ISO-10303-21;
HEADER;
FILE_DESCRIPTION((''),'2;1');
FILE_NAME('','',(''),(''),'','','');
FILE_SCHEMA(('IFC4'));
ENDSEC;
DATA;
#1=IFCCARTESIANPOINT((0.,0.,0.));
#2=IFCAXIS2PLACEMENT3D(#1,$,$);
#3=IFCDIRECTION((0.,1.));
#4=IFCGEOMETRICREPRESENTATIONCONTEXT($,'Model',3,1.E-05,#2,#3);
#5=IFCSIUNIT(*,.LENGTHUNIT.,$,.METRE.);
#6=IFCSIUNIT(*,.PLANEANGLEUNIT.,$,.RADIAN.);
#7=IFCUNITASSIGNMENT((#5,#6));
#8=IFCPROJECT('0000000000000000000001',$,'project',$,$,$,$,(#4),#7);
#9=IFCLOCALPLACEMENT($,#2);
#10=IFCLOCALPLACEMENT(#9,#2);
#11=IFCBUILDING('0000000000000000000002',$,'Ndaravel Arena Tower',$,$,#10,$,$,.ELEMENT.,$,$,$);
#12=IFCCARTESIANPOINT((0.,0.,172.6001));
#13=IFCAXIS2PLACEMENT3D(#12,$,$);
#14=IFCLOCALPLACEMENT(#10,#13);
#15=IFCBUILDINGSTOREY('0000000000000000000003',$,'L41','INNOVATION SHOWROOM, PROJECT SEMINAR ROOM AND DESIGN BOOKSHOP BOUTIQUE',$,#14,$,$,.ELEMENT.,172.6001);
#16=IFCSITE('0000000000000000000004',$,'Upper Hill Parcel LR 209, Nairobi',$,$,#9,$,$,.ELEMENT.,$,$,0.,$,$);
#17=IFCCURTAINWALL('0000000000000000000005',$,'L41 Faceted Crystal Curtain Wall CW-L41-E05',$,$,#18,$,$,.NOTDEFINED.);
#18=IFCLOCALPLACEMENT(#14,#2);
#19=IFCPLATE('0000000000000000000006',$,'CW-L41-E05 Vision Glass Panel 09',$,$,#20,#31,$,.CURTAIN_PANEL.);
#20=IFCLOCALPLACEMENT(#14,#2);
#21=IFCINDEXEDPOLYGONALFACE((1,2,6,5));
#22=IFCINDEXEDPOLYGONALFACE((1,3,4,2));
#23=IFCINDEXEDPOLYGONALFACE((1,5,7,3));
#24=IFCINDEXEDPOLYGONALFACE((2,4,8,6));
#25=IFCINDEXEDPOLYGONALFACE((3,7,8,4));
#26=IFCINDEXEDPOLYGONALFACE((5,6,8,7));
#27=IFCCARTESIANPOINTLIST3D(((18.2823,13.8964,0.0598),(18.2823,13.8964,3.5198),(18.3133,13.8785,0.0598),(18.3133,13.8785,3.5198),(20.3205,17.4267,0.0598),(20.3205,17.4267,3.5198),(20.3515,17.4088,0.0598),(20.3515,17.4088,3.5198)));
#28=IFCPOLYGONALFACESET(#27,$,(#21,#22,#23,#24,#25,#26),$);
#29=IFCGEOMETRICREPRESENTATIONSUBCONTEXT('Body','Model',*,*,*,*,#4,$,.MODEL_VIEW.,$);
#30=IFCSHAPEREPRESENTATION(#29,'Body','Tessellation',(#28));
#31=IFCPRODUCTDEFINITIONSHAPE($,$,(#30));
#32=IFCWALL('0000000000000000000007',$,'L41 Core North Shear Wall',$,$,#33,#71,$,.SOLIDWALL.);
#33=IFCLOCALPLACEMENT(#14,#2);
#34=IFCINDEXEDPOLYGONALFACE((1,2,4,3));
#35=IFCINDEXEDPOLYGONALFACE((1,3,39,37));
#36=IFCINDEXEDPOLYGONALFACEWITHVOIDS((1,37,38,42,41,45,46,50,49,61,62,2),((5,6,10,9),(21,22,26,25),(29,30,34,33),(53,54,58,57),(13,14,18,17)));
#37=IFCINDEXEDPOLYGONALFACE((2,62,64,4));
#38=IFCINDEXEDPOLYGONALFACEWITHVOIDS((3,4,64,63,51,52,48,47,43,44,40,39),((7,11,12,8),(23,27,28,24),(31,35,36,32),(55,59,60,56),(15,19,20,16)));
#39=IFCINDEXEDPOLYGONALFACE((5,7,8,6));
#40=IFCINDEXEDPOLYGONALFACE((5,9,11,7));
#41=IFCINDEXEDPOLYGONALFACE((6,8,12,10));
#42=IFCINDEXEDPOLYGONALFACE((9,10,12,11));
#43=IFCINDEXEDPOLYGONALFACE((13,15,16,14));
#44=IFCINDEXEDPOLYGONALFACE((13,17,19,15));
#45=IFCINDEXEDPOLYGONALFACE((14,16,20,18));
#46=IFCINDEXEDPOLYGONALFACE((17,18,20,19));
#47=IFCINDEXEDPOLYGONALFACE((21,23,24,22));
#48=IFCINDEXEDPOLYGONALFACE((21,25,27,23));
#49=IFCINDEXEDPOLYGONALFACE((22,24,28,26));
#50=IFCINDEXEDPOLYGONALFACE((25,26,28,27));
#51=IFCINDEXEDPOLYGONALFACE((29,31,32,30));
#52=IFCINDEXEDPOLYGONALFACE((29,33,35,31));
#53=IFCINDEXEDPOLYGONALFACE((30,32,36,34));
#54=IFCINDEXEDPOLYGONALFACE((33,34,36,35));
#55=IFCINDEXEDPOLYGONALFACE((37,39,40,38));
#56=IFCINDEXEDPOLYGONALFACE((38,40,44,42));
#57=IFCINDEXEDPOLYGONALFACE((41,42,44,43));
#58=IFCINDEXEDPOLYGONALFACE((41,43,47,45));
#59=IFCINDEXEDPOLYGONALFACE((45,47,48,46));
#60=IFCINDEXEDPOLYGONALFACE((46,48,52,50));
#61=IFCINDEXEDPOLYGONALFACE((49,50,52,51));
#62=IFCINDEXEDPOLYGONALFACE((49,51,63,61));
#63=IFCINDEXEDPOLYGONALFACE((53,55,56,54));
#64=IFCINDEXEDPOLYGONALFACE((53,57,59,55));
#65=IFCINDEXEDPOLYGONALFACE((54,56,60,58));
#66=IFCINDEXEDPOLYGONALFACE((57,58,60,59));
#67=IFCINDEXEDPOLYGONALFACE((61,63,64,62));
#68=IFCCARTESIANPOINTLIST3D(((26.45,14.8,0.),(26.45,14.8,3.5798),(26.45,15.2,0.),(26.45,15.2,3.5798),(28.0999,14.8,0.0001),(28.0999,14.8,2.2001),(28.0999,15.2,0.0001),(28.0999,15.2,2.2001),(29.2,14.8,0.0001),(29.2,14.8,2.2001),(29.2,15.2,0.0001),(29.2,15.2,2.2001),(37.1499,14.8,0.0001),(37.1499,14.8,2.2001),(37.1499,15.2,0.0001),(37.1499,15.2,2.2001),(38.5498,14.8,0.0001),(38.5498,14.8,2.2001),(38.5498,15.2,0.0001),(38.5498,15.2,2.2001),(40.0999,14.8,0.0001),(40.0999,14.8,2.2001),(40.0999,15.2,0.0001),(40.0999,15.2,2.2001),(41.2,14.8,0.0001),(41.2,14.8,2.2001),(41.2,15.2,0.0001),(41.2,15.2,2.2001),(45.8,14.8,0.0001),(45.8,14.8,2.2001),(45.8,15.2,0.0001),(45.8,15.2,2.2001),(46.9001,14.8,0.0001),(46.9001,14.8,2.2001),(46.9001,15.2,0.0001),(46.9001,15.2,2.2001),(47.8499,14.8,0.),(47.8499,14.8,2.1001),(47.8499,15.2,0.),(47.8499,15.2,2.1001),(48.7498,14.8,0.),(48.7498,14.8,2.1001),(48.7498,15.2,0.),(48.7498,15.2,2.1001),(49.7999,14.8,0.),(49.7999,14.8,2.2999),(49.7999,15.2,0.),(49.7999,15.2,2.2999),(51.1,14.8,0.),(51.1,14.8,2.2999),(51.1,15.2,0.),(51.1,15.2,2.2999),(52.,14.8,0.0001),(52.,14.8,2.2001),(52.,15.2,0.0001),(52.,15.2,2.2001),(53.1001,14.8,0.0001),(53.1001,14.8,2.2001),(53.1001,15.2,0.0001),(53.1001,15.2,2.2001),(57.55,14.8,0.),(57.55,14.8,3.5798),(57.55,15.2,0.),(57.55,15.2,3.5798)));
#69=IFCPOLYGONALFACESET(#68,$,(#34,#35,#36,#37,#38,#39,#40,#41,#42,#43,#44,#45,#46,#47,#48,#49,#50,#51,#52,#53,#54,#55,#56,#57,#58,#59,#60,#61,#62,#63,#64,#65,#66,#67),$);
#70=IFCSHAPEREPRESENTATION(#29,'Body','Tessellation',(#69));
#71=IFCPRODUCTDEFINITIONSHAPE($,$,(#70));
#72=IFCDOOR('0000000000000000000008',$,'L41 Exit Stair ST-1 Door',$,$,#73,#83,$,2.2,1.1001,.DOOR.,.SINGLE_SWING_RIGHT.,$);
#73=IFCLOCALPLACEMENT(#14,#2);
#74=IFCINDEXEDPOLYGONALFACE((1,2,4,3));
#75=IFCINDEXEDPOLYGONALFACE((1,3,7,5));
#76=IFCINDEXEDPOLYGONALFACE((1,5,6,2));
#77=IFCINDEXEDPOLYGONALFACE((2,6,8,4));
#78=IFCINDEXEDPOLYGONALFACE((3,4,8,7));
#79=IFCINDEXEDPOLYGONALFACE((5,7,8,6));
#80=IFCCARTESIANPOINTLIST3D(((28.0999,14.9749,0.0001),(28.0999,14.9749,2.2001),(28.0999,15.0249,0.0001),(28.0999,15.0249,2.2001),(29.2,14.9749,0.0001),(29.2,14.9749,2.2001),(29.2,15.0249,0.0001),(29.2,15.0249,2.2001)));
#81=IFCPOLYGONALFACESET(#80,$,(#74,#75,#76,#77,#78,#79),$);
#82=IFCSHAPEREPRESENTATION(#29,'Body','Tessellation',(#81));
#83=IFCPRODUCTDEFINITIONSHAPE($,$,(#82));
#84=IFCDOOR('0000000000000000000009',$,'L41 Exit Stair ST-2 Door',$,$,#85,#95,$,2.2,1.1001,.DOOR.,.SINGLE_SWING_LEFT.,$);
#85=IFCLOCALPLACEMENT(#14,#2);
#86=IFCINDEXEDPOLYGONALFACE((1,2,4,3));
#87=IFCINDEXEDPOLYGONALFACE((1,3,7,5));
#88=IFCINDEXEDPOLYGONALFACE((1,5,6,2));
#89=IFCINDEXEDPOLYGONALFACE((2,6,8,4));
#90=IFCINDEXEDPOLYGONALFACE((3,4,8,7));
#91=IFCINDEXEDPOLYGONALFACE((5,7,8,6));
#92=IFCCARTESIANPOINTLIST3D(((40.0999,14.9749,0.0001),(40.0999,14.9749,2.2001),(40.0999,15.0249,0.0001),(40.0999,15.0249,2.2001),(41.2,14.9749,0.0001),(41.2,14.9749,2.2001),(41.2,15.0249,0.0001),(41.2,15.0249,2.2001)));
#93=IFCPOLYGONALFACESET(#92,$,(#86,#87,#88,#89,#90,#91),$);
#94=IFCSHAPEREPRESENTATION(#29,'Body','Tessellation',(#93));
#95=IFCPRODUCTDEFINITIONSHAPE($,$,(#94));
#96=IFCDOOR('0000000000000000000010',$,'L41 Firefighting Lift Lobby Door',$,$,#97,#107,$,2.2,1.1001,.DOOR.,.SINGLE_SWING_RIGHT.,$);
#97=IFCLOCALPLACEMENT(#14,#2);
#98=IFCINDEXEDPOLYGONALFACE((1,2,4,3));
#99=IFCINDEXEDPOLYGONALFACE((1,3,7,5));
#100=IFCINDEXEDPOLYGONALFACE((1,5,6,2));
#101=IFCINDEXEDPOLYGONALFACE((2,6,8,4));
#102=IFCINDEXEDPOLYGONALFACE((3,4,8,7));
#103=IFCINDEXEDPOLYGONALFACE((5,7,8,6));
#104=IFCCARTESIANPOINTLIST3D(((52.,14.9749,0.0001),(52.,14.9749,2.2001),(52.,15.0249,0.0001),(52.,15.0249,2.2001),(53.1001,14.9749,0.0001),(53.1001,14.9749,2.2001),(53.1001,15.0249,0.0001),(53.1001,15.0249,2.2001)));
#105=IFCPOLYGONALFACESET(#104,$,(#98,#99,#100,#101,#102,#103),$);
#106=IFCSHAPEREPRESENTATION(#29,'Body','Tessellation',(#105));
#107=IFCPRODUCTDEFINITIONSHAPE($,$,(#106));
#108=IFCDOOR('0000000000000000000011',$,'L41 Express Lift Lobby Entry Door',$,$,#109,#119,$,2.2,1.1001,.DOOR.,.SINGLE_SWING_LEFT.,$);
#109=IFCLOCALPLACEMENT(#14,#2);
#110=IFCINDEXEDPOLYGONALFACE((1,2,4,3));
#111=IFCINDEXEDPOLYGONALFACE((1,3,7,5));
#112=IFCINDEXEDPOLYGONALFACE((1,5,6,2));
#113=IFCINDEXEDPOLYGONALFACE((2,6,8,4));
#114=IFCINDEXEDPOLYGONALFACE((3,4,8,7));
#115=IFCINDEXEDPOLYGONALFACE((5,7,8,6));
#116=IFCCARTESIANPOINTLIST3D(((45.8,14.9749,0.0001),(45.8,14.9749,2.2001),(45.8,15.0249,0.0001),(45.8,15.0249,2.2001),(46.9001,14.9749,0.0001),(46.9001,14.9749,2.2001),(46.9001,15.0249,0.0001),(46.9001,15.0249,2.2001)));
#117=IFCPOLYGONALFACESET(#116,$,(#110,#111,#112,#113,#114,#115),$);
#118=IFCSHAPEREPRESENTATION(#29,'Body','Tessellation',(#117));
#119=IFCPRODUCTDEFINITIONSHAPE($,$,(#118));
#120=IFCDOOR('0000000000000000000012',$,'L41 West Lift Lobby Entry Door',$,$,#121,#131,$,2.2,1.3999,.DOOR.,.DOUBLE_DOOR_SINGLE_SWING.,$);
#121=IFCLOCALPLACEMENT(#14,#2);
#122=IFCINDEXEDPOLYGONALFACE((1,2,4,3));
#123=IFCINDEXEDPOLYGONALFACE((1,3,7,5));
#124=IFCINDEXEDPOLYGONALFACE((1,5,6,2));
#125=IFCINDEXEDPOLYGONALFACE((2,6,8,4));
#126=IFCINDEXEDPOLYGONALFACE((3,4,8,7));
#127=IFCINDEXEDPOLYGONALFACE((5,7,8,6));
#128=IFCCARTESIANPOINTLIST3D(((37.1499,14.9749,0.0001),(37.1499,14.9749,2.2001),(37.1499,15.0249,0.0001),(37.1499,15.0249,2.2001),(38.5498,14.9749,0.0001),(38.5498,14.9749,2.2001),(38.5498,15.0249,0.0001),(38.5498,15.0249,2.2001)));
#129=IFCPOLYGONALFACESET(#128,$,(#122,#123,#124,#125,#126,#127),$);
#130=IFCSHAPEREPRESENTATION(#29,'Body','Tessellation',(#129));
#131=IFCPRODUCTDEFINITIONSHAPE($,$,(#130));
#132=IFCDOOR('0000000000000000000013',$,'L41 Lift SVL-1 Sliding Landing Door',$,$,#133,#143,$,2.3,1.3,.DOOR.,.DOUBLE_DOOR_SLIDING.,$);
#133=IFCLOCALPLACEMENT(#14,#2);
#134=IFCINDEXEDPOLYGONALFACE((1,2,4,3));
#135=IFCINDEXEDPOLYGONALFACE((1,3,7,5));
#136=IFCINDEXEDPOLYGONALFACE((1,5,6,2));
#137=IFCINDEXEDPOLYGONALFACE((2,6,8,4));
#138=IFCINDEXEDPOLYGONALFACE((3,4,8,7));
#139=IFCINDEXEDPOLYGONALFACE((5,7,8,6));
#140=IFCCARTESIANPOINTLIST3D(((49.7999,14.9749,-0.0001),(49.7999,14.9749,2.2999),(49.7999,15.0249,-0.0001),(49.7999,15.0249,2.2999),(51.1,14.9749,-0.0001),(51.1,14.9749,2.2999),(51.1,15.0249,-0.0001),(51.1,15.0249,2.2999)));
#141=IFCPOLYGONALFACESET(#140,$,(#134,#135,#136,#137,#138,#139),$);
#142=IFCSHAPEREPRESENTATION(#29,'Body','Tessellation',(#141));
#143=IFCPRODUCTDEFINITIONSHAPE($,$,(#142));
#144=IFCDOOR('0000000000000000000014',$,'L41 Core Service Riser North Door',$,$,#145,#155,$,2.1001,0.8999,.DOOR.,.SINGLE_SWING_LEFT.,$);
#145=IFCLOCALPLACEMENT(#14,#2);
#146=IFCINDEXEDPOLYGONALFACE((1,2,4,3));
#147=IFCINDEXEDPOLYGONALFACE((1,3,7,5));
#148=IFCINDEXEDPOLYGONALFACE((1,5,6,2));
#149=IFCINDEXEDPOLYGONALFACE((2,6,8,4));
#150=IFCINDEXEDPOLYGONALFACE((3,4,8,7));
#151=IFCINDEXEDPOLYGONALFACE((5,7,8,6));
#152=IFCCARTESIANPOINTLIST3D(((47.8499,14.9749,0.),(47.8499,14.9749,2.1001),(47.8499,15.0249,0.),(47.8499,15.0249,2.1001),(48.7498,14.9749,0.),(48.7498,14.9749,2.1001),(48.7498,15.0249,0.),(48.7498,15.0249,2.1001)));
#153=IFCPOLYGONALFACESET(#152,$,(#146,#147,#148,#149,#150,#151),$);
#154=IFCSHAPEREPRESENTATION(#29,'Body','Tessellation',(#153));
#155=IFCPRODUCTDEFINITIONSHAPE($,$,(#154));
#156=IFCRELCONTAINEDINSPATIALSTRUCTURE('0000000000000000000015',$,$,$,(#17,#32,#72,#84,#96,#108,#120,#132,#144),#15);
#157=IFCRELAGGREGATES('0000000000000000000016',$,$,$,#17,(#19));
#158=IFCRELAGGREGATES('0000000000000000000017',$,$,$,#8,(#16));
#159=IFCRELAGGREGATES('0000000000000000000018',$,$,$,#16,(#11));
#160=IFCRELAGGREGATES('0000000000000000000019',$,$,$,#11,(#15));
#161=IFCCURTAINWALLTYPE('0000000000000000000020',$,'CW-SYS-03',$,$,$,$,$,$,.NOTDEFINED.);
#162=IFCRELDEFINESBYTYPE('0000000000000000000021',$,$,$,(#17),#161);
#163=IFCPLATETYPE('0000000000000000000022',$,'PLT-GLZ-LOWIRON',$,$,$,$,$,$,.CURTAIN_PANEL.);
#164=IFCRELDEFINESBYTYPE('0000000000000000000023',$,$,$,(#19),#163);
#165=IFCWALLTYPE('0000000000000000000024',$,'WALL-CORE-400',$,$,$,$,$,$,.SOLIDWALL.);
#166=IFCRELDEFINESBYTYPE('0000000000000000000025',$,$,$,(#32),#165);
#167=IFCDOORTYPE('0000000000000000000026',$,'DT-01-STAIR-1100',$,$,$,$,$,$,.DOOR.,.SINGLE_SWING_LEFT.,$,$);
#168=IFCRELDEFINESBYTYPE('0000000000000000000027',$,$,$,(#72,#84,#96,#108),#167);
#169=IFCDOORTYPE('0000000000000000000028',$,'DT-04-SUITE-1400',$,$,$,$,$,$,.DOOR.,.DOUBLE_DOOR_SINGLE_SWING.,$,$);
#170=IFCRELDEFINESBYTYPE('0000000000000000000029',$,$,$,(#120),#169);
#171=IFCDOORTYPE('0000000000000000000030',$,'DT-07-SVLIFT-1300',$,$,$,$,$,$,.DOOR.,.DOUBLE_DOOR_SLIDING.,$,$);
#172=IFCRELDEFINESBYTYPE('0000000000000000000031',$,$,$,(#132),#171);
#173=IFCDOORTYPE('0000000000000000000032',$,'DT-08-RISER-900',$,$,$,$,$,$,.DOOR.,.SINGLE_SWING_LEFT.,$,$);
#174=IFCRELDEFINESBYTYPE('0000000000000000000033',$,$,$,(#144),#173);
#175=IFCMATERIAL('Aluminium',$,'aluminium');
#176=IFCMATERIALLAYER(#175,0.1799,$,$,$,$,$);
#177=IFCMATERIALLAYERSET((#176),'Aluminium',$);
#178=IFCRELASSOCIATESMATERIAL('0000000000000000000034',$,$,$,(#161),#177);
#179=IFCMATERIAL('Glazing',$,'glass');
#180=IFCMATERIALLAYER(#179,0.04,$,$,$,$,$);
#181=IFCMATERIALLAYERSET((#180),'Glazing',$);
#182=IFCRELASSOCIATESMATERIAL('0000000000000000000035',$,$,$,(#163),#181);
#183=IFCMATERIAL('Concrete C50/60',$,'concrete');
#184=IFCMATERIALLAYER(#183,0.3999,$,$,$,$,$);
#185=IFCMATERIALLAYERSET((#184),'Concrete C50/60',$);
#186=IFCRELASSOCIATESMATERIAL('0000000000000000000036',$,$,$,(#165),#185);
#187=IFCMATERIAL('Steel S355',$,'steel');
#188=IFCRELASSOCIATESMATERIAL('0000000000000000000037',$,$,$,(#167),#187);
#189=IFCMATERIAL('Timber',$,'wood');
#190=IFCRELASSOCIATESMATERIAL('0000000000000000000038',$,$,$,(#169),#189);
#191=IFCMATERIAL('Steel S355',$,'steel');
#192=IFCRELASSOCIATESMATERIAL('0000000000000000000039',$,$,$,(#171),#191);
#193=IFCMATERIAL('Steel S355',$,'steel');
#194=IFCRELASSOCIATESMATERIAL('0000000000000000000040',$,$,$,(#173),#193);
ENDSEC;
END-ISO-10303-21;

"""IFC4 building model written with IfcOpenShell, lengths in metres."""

from ifc_helpers import new_model, si_unit, direction, frame, frame_2d, origin, origin_2d, place, context, subcontext, project, spatial, rectangle, extrude, material, layer, layer_set, type_object, element, fill, aggregate, save


model = new_model("IFC4")

# Units and contexts
model_context = context("Model", 3, precision=1e-05, world=origin(), true_north=direction((0.0, 1.0)))
body_context = subcontext(model_context, "Body", "Model", "MODEL_VIEW")
ifc_project = project(units=[si_unit("LENGTHUNIT", "METRE"), si_unit("PLANEANGLEUNIT", "RADIAN")], contexts=[model_context])

# Site, building, storey
site_placement = place(None, origin())
site = spatial("IfcSite", under=ifc_project, at=site_placement, Name="Upper Hill Parcel LR 209, Nairobi", CompositionType="ELEMENT", RefElevation=0.0)
building_placement = place(site_placement, origin())
building = spatial("IfcBuilding", under=site, at=building_placement, Name="Ndaravel Arena Tower", CompositionType="ELEMENT")
storey_placement = place(building_placement, frame((0.0, 0.0, 172.6001)))
storey = spatial("IfcBuildingStorey", under=building, at=storey_placement, Name="L41", Description="INNOVATION SHOWROOM, PROJECT SEMINAR ROOM AND DESIGN BOOKSHOP BOUTIQUE", CompositionType="ELEMENT", Elevation=172.6001)

# Curtain wall, plate
ifc_material_1 = material(Name="Aluminium", Category="aluminium")
ifc_layer_1 = layer(ifc_material_1, 0.1799)
ifc_layer_set_1 = layer_set([ifc_layer_1], Name="Aluminium")
curtain_wall_type = type_object("IfcCurtainWallType", Name="CW-SYS-03", PredefinedType="NOTDEFINED", material=ifc_layer_set_1)
curtain_wall_placement = place(storey_placement, origin())
curtain_wall = element("IfcCurtainWall", 1, at=curtain_wall_placement, inside=storey, type_object=curtain_wall_type, Name="L41 Faceted Crystal Curtain Wall CW-L41-E05", PredefinedType="NOTDEFINED")
ifc_material_2 = material(Name="Glazing", Category="glass")
ifc_layer_2 = layer(ifc_material_2, 0.04)
ifc_layer_set_2 = layer_set([ifc_layer_2], Name="Glazing")
plate_type = type_object("IfcPlateType", Name="PLT-GLZ-LOWIRON", PredefinedType="CURTAIN_PANEL", material=ifc_layer_set_2)
plate_1_placement = place(storey_placement, frame((19.3169, 15.6526, 0.0598), z_axis=(0.0, 0.0, 1.0), x_axis=(-0.5, -0.866025, 0.0)))
plate_1 = element("IfcPlate", 2, at=plate_1_placement, type_object=plate_type, Name="CW-L41-E05 Vision Glass Panel 09", PredefinedType="CURTAIN_PANEL", context=body_context, shape_type="SweptSolid", body=[
    extrude(rectangle(XDim=4.0764, YDim=0.0359, at=origin_2d()), origin(), (0.0, 0.0, 1.0), 3.46),
])
aggregate(curtain_wall, [plate_1])

# Wall, openings, doors
ifc_material_3 = material(Name="Concrete C50/60", Category="concrete")
ifc_layer_3 = layer(ifc_material_3, 0.3999)
ifc_layer_set_3 = layer_set([ifc_layer_3], Name="Concrete C50/60")
wall_type_1 = type_object("IfcWallType", Name="WALL-CORE-400", PredefinedType="SOLIDWALL", material=ifc_layer_set_3)
wall_1_placement = place(storey_placement, frame((26.45, 15.0, 0.0), z_axis=(0.0, 0.0, 1.0), x_axis=(1.0, 0.0, 0.0)))
wall_1 = element("IfcWall", 3, at=wall_1_placement, inside=storey, type_object=wall_type_1, Name="L41 Core North Shear Wall", PredefinedType="SOLIDWALL", context=body_context, shape_type="SweptSolid", body=[
    extrude(rectangle(XDim=31.1001, YDim=0.3999, at=frame_2d((15.55, 0.0))), origin(), (0.0, 0.0, 1.0), 3.5798),
])
opening_1_placement = place(wall_1_placement, frame((1.6499, 0.0, 0.0)))
opening_1 = element("IfcOpeningElement", 4, at=opening_1_placement, cuts=wall_1, PredefinedType="OPENING", context=body_context, shape_type="SweptSolid", body=[
    extrude(rectangle(XDim=1.1001, YDim=2.2, at=frame_2d((0.55, 1.1001))), frame((0.0, 0.2, 0.0), z_axis=(0.0, -1.0, 0.0), x_axis=(1.0, 0.0, 0.0)), (0.0, 0.0, 1.0), 0.3999),
])
opening_2_placement = place(wall_1_placement, frame((13.6499, 0.0, 0.0)))
opening_2 = element("IfcOpeningElement", 5, at=opening_2_placement, cuts=wall_1, PredefinedType="OPENING", context=body_context, shape_type="SweptSolid", body=[
    extrude(rectangle(XDim=1.1001, YDim=2.2, at=frame_2d((0.55, 1.1001))), frame((0.0, 0.2, 0.0), z_axis=(0.0, -1.0, 0.0), x_axis=(1.0, 0.0, 0.0)), (0.0, 0.0, 1.0), 0.3999),
])
opening_3_placement = place(wall_1_placement, frame((25.55, 0.0, 0.0)))
opening_3 = element("IfcOpeningElement", 6, at=opening_3_placement, cuts=wall_1, PredefinedType="OPENING", context=body_context, shape_type="SweptSolid", body=[
    extrude(rectangle(XDim=1.1001, YDim=2.2, at=frame_2d((0.55, 1.1001))), frame((0.0, 0.2, 0.0), z_axis=(0.0, -1.0, 0.0), x_axis=(1.0, 0.0, 0.0)), (0.0, 0.0, 1.0), 0.3999),
])
opening_4_placement = place(wall_1_placement, frame((10.7, 0.0, 0.0)))
opening_4 = element("IfcOpeningElement", 7, at=opening_4_placement, cuts=wall_1, PredefinedType="OPENING", context=body_context, shape_type="SweptSolid", body=[
    extrude(rectangle(XDim=1.3999, YDim=2.2, at=frame_2d((0.7, 1.1001))), frame((0.0, 0.2, 0.0), z_axis=(0.0, -1.0, 0.0), x_axis=(1.0, 0.0, 0.0)), (0.0, 0.0, 1.0), 0.3999),
])
opening_5_placement = place(wall_1_placement, frame((19.3501, 0.0, 0.0)))
opening_5 = element("IfcOpeningElement", 8, at=opening_5_placement, cuts=wall_1, PredefinedType="OPENING", context=body_context, shape_type="SweptSolid", body=[
    extrude(rectangle(XDim=1.1001, YDim=2.2, at=frame_2d((0.55, 1.1001))), frame((0.0, 0.2, 0.0), z_axis=(0.0, -1.0, 0.0), x_axis=(1.0, 0.0, 0.0)), (0.0, 0.0, 1.0), 0.3999),
])
opening_6_placement = place(wall_1_placement, frame((21.3999, 0.0, 0.0)))
opening_6 = element("IfcOpeningElement", 9, at=opening_6_placement, cuts=wall_1, PredefinedType="OPENING", context=body_context, shape_type="SweptSolid", body=[
    extrude(rectangle(XDim=0.8999, YDim=2.1001, at=frame_2d((0.45, 1.05))), frame((0.0, 0.2, 0.0), z_axis=(0.0, -1.0, 0.0), x_axis=(1.0, 0.0, 0.0)), (0.0, 0.0, 1.0), 0.3999),
])
opening_7_placement = place(wall_1_placement, frame((23.3501, 0.0, 0.0)))
opening_7 = element("IfcOpeningElement", 10, at=opening_7_placement, cuts=wall_1, PredefinedType="OPENING", context=body_context, shape_type="SweptSolid", body=[
    extrude(rectangle(XDim=1.3, YDim=2.3, at=frame_2d((0.6499, 1.1499))), frame((0.0, 0.2, 0.0), z_axis=(0.0, -1.0, 0.0), x_axis=(1.0, 0.0, 0.0)), (0.0, 0.0, 1.0), 0.3999),
])
ifc_material_4 = material(Name="Steel S355", Category="steel")
door_type_1 = type_object("IfcDoorType", Name="DT-01-STAIR-1100", OperationType="SINGLE_SWING_LEFT", PredefinedType="DOOR", material=ifc_material_4)
door_1_placement = place(opening_1_placement, origin())
door_1 = element("IfcDoor", 11, at=door_1_placement, inside=storey, type_object=door_type_1, Name="L41 Exit Stair ST-1 Door", OperationType="SINGLE_SWING_RIGHT", OverallHeight=2.2, OverallWidth=1.1001, PredefinedType="DOOR", context=body_context, shape_type="SweptSolid", body=[
    extrude(rectangle(XDim=1.1001, YDim=2.2, at=frame_2d((0.55, 1.1001))), frame((0.0, 0.0249, 0.0), z_axis=(0.0, -1.0, 0.0), x_axis=(1.0, 0.0, 0.0)), (0.0, 0.0, 1.0), 0.05),
])
fill(opening_1, door_1)
door_2_placement = place(opening_2_placement, origin())
door_2 = element("IfcDoor", 12, at=door_2_placement, inside=storey, type_object=door_type_1, Name="L41 Exit Stair ST-2 Door", OperationType="SINGLE_SWING_LEFT", OverallHeight=2.2, OverallWidth=1.1001, PredefinedType="DOOR", context=body_context, shape_type="SweptSolid", body=[
    extrude(rectangle(XDim=1.1001, YDim=2.2, at=frame_2d((0.55, 1.1001))), frame((0.0, 0.0249, 0.0), z_axis=(0.0, -1.0, 0.0), x_axis=(1.0, 0.0, 0.0)), (0.0, 0.0, 1.0), 0.05),
])
fill(opening_2, door_2)
door_3_placement = place(opening_3_placement, origin())
door_3 = element("IfcDoor", 13, at=door_3_placement, inside=storey, type_object=door_type_1, Name="L41 Firefighting Lift Lobby Door", OperationType="SINGLE_SWING_RIGHT", OverallHeight=2.2, OverallWidth=1.1001, PredefinedType="DOOR", context=body_context, shape_type="SweptSolid", body=[
    extrude(rectangle(XDim=1.1001, YDim=2.2, at=frame_2d((0.55, 1.1001))), frame((0.0, 0.0249, 0.0), z_axis=(0.0, -1.0, 0.0), x_axis=(1.0, 0.0, 0.0)), (0.0, 0.0, 1.0), 0.05),
])
fill(opening_3, door_3)
door_4_placement = place(opening_5_placement, origin())
door_4 = element("IfcDoor", 14, at=door_4_placement, inside=storey, type_object=door_type_1, Name="L41 Express Lift Lobby Entry Door", OperationType="SINGLE_SWING_LEFT", OverallHeight=2.2, OverallWidth=1.1001, PredefinedType="DOOR", context=body_context, shape_type="SweptSolid", body=[
    extrude(rectangle(XDim=1.1001, YDim=2.2, at=frame_2d((0.55, 1.1001))), frame((0.0, 0.0249, 0.0), z_axis=(0.0, -1.0, 0.0), x_axis=(1.0, 0.0, 0.0)), (0.0, 0.0, 1.0), 0.05),
])
fill(opening_5, door_4)
ifc_material_5 = material(Name="Timber", Category="wood")
door_type_2 = type_object("IfcDoorType", Name="DT-04-SUITE-1400", OperationType="DOUBLE_DOOR_SINGLE_SWING", PredefinedType="DOOR", material=ifc_material_5)
door_5_placement = place(opening_4_placement, origin())
door_5 = element("IfcDoor", 15, at=door_5_placement, inside=storey, type_object=door_type_2, Name="L41 West Lift Lobby Entry Door", OperationType="DOUBLE_DOOR_SINGLE_SWING", OverallHeight=2.2, OverallWidth=1.3999, PredefinedType="DOOR", context=body_context, shape_type="SweptSolid", body=[
    extrude(rectangle(XDim=1.3999, YDim=2.2, at=frame_2d((0.7, 1.1001))), frame((0.0, 0.0249, 0.0), z_axis=(0.0, -1.0, 0.0), x_axis=(1.0, 0.0, 0.0)), (0.0, 0.0, 1.0), 0.05),
])
fill(opening_4, door_5)
ifc_material_6 = material(Name="Steel S355", Category="steel")
door_type_3 = type_object("IfcDoorType", Name="DT-07-SVLIFT-1300", OperationType="DOUBLE_DOOR_SLIDING", PredefinedType="DOOR", material=ifc_material_6)
door_6_placement = place(opening_7_placement, origin())
door_6 = element("IfcDoor", 16, at=door_6_placement, inside=storey, type_object=door_type_3, Name="L41 Lift SVL-1 Sliding Landing Door", OperationType="DOUBLE_DOOR_SLIDING", OverallHeight=2.3, OverallWidth=1.3, PredefinedType="DOOR", context=body_context, shape_type="SweptSolid", body=[
    extrude(rectangle(XDim=1.3, YDim=2.3, at=frame_2d((0.6499, 1.1499))), frame((0.0, 0.0249, 0.0), z_axis=(0.0, -1.0, 0.0), x_axis=(1.0, 0.0, 0.0)), (0.0, 0.0, 1.0), 0.05),
])
fill(opening_7, door_6)
ifc_material_7 = material(Name="Steel S355", Category="steel")
door_type_4 = type_object("IfcDoorType", Name="DT-08-RISER-900", OperationType="SINGLE_SWING_LEFT", PredefinedType="DOOR", material=ifc_material_7)
door_7_placement = place(opening_6_placement, origin())
door_7 = element("IfcDoor", 17, at=door_7_placement, inside=storey, type_object=door_type_4, Name="L41 Core Service Riser North Door", OperationType="SINGLE_SWING_LEFT", OverallHeight=2.1001, OverallWidth=0.8999, PredefinedType="DOOR", context=body_context, shape_type="SweptSolid", body=[
    extrude(rectangle(XDim=0.8999, YDim=2.1001, at=frame_2d((0.45, 1.05))), frame((0.0, 0.0249, 0.0), z_axis=(0.0, -1.0, 0.0), x_axis=(1.0, 0.0, 0.0)), (0.0, 0.0, 1.0), 0.05),
])
fill(opening_6, door_7)

save(model, "model.ifc")
